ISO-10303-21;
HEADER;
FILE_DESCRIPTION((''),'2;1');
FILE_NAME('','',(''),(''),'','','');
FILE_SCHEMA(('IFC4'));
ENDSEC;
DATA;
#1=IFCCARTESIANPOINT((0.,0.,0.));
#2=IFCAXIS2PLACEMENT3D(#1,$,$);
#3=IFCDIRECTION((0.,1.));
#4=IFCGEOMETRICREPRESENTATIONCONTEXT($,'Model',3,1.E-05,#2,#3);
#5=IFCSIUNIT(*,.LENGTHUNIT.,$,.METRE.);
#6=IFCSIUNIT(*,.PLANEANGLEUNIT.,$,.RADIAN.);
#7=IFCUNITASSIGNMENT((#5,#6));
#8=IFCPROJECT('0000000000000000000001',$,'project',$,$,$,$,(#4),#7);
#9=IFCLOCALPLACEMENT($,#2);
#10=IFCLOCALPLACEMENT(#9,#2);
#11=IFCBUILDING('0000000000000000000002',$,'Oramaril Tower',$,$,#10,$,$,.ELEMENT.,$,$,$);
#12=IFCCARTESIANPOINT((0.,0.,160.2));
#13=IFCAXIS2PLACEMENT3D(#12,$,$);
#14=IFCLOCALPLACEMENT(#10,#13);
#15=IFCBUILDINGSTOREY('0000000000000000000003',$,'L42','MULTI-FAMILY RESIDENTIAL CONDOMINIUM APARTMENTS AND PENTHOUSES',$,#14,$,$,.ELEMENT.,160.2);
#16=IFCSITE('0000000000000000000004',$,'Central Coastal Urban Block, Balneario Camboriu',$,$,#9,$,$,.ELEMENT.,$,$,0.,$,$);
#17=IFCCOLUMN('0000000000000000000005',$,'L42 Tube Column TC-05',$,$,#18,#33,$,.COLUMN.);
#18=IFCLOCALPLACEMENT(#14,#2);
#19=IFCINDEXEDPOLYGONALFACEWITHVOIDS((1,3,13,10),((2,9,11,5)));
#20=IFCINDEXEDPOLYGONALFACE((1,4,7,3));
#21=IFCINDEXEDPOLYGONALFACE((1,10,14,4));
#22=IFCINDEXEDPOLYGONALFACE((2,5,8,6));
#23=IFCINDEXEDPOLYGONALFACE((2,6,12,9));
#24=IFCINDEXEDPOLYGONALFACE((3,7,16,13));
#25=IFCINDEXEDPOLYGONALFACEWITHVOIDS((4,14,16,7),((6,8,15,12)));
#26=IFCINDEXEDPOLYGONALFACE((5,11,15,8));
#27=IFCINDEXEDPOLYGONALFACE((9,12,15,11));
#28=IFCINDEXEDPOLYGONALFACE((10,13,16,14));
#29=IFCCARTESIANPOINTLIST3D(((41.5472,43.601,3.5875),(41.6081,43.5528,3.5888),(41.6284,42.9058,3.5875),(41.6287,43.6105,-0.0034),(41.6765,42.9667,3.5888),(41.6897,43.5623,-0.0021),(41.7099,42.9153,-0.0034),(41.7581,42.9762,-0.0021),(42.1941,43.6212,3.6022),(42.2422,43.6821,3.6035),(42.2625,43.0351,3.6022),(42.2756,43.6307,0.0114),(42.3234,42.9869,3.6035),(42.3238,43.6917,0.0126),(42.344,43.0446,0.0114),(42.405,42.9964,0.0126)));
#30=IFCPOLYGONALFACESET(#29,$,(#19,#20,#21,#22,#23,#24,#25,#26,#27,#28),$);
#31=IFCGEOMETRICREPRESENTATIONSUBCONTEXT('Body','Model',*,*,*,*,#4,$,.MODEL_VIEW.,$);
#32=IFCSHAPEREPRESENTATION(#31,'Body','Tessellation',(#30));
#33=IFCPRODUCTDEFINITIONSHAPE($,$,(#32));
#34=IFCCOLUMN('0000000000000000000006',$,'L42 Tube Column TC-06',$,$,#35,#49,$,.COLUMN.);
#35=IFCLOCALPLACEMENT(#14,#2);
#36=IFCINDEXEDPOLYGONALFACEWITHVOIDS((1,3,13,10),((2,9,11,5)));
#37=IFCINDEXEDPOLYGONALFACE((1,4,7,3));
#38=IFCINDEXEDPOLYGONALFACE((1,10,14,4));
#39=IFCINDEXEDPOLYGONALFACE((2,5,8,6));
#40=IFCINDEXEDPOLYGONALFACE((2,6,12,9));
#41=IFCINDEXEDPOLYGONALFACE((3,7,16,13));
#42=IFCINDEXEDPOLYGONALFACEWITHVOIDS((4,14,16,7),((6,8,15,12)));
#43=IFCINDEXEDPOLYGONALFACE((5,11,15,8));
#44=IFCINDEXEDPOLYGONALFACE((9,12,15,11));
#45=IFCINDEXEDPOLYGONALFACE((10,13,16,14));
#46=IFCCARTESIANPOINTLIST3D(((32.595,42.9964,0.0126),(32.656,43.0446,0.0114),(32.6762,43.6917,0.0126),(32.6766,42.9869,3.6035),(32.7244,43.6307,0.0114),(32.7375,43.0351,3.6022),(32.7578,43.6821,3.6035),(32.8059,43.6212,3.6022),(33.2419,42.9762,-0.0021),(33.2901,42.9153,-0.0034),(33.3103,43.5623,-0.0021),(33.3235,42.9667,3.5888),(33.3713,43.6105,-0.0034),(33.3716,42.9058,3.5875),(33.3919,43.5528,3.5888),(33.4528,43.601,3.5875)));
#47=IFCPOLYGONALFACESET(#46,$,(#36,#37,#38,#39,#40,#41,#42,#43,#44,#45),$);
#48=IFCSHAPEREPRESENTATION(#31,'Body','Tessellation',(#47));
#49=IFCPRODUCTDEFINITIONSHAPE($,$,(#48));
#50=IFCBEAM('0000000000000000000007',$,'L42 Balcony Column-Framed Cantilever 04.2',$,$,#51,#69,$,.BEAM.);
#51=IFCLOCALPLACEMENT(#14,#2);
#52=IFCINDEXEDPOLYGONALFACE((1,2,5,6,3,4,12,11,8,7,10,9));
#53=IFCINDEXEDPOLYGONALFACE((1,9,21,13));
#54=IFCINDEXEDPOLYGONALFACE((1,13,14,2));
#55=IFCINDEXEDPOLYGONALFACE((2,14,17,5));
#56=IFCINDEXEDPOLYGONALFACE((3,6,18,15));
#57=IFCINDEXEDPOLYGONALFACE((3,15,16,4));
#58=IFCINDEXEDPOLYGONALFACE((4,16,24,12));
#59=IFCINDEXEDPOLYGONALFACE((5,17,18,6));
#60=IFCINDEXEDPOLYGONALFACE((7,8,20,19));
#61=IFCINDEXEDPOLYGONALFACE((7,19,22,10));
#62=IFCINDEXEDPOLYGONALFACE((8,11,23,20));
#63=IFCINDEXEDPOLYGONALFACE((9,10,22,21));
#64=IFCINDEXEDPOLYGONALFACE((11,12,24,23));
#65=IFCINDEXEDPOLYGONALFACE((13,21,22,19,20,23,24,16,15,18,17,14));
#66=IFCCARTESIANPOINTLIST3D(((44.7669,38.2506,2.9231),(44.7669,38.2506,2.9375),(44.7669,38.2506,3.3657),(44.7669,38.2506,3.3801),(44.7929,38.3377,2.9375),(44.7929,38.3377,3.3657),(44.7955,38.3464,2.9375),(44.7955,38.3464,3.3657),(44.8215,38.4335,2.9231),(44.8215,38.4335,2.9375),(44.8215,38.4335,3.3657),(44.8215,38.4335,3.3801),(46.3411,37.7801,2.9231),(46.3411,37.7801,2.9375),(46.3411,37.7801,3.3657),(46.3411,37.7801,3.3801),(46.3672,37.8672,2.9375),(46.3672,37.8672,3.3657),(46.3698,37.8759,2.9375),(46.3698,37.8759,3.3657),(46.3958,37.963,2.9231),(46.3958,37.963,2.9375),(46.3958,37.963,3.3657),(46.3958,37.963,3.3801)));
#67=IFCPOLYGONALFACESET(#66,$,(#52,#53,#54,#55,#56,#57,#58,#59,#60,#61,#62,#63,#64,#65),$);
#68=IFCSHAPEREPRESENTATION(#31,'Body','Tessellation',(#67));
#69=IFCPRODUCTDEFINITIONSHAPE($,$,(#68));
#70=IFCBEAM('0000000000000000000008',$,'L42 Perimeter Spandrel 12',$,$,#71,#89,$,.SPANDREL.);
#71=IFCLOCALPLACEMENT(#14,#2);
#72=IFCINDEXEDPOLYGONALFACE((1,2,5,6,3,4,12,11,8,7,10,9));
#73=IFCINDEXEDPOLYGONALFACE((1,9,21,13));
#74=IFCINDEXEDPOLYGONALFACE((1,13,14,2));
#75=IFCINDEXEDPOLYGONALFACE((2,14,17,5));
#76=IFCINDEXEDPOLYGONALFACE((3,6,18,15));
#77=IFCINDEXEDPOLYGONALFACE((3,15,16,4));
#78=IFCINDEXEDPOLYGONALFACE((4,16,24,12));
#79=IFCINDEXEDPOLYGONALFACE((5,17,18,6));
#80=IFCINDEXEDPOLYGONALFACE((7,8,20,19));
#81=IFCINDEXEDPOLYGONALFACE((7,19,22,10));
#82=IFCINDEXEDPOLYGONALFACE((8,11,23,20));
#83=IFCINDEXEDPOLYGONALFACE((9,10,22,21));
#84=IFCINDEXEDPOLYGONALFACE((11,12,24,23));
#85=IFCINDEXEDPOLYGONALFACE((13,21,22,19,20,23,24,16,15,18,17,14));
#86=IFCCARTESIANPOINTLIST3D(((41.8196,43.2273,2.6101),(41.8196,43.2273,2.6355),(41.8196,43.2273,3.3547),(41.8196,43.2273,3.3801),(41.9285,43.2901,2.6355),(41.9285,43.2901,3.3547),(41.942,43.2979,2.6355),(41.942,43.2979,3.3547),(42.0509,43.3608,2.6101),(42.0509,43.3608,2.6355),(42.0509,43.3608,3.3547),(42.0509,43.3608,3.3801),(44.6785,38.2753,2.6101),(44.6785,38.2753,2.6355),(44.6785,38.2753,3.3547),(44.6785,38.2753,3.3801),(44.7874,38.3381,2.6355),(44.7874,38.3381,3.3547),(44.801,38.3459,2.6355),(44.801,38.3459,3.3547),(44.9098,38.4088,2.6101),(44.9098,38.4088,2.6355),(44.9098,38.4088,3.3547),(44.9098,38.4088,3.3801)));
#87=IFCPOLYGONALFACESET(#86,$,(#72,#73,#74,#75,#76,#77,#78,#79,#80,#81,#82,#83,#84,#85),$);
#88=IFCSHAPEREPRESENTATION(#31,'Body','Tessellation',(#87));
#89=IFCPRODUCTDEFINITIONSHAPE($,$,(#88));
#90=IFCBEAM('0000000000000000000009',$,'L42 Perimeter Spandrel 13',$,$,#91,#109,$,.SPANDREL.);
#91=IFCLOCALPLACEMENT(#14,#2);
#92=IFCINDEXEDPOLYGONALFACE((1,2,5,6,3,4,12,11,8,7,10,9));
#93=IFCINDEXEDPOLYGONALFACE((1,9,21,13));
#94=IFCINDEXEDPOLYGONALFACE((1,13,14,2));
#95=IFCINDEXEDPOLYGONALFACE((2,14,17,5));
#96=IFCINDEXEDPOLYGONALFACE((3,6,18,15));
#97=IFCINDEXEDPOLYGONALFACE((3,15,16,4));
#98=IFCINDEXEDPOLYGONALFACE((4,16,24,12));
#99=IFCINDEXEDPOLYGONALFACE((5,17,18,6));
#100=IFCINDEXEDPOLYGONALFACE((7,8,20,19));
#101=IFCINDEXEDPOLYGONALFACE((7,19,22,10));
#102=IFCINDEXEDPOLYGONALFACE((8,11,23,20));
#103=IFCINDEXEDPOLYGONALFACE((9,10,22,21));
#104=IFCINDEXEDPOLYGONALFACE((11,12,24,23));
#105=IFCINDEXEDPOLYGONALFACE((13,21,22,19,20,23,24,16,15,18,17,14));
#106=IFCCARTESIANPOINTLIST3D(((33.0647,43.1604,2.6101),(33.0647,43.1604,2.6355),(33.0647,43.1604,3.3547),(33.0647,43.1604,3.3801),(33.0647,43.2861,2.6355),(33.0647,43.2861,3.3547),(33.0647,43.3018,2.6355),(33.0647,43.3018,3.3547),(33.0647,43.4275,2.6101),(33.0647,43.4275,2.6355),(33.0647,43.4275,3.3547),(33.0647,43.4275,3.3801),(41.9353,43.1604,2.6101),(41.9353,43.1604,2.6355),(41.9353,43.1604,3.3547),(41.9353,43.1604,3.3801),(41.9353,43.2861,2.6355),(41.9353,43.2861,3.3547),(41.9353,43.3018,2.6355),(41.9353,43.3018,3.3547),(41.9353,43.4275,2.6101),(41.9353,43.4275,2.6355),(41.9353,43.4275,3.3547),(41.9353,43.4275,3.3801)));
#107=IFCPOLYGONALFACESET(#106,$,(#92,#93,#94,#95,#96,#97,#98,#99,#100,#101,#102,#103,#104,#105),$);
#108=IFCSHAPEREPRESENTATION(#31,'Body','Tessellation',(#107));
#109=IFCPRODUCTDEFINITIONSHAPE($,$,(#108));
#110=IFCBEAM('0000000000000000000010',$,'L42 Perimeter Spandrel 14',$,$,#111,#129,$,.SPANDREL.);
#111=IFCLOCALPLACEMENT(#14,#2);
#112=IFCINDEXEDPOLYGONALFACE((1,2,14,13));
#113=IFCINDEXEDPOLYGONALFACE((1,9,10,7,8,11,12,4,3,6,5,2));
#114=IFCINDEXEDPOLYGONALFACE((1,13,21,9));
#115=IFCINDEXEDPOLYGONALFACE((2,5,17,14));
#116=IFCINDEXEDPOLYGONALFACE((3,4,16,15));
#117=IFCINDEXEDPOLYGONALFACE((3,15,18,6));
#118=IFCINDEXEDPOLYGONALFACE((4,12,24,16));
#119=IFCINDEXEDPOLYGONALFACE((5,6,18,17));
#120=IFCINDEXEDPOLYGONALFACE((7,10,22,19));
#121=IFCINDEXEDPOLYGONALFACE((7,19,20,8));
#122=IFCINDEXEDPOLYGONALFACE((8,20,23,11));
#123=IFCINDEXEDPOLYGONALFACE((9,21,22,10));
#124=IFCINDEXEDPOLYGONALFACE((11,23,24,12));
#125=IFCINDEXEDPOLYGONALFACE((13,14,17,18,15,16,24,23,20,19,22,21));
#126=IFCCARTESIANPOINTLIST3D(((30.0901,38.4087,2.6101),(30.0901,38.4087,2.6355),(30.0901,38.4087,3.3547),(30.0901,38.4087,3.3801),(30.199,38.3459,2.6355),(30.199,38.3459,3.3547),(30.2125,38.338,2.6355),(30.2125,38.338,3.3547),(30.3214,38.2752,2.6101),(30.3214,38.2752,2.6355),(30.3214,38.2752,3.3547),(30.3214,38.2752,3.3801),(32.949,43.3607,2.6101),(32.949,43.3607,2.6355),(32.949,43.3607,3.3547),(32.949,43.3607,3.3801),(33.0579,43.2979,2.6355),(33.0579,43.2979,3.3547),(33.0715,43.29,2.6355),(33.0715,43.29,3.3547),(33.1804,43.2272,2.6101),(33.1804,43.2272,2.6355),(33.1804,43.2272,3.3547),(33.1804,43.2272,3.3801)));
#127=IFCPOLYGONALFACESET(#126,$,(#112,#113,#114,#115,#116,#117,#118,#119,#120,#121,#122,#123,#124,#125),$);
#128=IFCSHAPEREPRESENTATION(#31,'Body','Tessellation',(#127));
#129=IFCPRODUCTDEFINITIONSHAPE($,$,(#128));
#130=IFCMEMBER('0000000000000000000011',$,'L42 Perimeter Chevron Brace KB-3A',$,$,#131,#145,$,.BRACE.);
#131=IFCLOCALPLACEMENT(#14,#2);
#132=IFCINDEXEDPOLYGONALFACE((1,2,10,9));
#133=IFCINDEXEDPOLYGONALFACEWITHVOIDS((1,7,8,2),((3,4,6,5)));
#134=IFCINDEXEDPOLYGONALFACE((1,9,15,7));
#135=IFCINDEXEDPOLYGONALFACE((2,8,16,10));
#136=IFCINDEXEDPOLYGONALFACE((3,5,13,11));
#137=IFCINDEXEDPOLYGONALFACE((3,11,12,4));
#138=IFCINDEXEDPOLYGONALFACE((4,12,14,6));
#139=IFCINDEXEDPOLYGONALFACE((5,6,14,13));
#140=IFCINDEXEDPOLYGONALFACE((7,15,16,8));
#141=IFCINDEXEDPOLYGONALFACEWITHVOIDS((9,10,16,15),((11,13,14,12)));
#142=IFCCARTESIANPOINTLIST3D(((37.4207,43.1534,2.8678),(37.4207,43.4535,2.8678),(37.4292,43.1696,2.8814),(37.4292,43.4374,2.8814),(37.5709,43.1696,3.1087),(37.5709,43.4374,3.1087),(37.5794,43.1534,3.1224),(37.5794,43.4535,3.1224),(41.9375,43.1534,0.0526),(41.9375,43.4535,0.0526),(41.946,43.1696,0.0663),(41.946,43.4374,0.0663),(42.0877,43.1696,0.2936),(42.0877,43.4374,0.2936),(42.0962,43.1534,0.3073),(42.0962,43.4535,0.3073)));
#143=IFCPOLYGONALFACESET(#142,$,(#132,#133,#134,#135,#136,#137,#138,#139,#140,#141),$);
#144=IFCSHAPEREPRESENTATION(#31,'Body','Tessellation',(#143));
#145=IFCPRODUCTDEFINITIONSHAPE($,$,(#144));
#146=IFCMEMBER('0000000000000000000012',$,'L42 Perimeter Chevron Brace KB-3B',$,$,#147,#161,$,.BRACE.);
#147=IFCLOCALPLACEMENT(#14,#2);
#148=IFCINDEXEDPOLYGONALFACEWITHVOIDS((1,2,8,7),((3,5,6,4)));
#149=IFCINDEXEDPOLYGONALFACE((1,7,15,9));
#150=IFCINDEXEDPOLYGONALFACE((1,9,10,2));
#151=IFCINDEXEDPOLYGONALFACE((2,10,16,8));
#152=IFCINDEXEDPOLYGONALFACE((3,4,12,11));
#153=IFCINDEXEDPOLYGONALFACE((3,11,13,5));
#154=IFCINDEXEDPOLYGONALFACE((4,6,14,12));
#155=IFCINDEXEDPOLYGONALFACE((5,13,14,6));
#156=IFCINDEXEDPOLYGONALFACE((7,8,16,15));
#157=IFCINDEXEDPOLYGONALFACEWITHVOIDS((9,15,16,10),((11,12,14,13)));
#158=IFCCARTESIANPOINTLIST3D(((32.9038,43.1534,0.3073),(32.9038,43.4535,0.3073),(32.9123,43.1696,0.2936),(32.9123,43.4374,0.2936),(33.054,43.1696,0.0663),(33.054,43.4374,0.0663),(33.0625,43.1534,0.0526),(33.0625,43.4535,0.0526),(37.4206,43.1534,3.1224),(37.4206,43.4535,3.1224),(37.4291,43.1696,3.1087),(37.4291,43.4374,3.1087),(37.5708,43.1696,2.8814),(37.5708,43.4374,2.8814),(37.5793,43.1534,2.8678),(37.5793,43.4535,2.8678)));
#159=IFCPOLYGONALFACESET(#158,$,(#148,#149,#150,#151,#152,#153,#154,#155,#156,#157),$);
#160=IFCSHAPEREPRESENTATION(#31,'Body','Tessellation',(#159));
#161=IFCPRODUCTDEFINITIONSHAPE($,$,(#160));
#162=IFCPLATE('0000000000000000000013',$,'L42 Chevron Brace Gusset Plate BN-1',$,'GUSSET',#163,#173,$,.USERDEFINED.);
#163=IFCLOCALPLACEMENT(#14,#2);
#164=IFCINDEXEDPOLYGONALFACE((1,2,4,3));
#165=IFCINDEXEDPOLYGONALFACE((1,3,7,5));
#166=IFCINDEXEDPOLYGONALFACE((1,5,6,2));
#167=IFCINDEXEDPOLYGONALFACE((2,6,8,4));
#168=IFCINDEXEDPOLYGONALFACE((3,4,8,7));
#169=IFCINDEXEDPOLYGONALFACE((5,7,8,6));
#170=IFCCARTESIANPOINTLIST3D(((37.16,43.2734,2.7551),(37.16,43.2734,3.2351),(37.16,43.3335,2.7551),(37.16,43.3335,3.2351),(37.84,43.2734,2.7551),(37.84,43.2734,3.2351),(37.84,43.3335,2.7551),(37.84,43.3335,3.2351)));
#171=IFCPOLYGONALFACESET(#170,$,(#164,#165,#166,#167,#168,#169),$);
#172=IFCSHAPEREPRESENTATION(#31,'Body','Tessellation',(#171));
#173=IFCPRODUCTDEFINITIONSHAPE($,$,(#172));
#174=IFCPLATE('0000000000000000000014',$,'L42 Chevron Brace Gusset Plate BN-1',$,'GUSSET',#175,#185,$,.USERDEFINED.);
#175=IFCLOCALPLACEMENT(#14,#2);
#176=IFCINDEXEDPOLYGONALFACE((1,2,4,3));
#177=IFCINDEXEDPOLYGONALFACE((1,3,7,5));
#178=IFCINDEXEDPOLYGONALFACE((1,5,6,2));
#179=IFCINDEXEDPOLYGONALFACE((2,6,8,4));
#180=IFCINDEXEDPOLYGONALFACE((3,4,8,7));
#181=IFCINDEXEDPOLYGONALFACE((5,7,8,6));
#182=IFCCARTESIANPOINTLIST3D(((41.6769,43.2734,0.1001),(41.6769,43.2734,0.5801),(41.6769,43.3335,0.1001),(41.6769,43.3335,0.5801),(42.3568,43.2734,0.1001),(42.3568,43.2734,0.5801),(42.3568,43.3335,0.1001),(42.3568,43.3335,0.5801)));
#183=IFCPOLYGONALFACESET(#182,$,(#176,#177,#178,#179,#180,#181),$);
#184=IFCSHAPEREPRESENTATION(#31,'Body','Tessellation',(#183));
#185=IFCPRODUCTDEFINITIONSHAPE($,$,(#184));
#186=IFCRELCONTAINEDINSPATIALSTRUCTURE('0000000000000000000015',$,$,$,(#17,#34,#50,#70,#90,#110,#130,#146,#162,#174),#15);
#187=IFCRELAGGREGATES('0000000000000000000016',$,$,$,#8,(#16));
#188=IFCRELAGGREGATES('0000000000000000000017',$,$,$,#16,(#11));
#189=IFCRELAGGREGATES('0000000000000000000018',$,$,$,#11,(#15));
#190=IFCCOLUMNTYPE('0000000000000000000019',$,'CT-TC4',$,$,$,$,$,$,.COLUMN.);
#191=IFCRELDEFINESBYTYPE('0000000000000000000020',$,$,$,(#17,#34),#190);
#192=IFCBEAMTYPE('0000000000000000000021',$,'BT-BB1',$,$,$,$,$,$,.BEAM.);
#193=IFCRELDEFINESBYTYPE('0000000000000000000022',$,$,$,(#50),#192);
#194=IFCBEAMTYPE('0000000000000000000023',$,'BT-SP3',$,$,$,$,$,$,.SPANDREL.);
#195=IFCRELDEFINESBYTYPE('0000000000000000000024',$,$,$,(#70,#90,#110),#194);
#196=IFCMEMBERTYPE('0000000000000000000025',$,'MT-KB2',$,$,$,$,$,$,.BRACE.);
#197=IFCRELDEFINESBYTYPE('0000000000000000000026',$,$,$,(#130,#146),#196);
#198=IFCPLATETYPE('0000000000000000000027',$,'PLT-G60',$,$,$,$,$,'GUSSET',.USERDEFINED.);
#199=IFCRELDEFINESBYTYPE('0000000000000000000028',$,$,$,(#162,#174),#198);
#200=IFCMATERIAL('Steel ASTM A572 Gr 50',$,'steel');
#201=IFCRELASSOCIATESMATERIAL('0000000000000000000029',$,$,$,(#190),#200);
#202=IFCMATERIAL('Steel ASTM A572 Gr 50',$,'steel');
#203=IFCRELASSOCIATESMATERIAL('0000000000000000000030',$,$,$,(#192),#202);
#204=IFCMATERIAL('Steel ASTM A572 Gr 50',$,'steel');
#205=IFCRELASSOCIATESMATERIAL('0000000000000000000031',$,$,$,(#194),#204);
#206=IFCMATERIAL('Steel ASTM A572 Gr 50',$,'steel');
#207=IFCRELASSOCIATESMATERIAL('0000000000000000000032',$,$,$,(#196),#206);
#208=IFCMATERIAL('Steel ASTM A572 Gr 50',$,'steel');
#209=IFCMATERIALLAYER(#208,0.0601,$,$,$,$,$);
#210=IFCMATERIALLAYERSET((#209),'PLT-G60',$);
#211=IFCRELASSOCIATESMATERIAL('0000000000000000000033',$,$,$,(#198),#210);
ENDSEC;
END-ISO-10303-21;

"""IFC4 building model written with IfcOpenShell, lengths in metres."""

from ifc_helpers import new_model, si_unit, direction, frame, origin, origin_2d, place, context, subcontext, project, spatial, rectangle, hollow_rectangle, i_section, extrude, material, layer, layer_set, material_profile, profile_set, type_object, element, save


model = new_model("IFC4")

# Units and contexts
model_context = context("Model", 3, precision=1e-05, world=origin(), true_north=direction((0.0, 1.0)))
body_context = subcontext(model_context, "Body", "Model", "MODEL_VIEW")
ifc_project = project(units=[si_unit("LENGTHUNIT", "METRE"), si_unit("PLANEANGLEUNIT", "RADIAN")], contexts=[model_context])

# Site, building, storey
site_placement = place(None, origin())
site = spatial("IfcSite", under=ifc_project, at=site_placement, Name="Central Coastal Urban Block, Balneario Camboriu", CompositionType="ELEMENT", RefElevation=0.0)
building_placement = place(site_placement, origin())
building = spatial("IfcBuilding", under=site, at=building_placement, Name="Oramaril Tower", CompositionType="ELEMENT")
storey_placement = place(building_placement, frame((0.0, 0.0, 160.2)))
storey = spatial("IfcBuildingStorey", under=building, at=storey_placement, Name="L42", Description="MULTI-FAMILY RESIDENTIAL CONDOMINIUM APARTMENTS AND PENTHOUSES", CompositionType="ELEMENT", Elevation=160.2)

# Columns
ifc_material_1 = material(Name="Steel ASTM A572 Gr 50", Category="steel")
ifc_material_profile_1 = material_profile(ifc_material_1, hollow_rectangle(XDim=0.7, YDim=0.7, WallThickness=0.0549, at=origin_2d()), Name="BOX700X700X55")
ifc_profile_set_1 = profile_set([ifc_material_profile_1], Name="Steel ASTM A572 Gr 50")
column_type = type_object("IfcColumnType", Name="CT-TC4", PredefinedType="COLUMN", material=ifc_profile_set_1)
for number, where, z_axis, x_axis, name in (
    (1, (42.0168, 43.3035, 0.0046), (-0.022703, -0.002651, 0.999739), (0.115978, -0.993252, 0.0), "L42 Tube Column TC-05"),
    (2, (32.9832, 43.3035, 0.0046), (0.022703, -0.002651, 0.999739), (0.115978, 0.993252, 0.0), "L42 Tube Column TC-06"),
):
    element("IfcColumn", number, at=place(storey_placement, frame(where, z_axis=z_axis, x_axis=x_axis)), inside=storey, type_object=column_type, Name=name, PredefinedType="COLUMN", context=body_context, shape_type="SweptSolid", body=[
        extrude(hollow_rectangle(XDim=0.7, YDim=0.7, WallThickness=0.0549, at=origin_2d()), origin(), (0.0, 0.0, 1.0), 3.5918),
    ])

# Beams
ifc_material_2 = material(Name="Steel ASTM A572 Gr 50", Category="steel")
ifc_material_profile_2 = material_profile(ifc_material_2, i_section(OverallWidth=0.1909, OverallDepth=0.457, WebThickness=0.009, FlangeThickness=0.0144, at=origin_2d()), Name="W18X50")
ifc_profile_set_2 = profile_set([ifc_material_profile_2], Name="Steel ASTM A572 Gr 50")
beam_type_1 = type_object("IfcBeamType", Name="BT-BB1", PredefinedType="BEAM", material=ifc_profile_set_2)
beam_1_placement = place(storey_placement, frame((44.7942, 38.342, 3.1516), z_axis=(0.958128, -0.286339, 0.0), x_axis=(0.286339, 0.958128, 0.0)))
element("IfcBeam", 3, at=beam_1_placement, inside=storey, type_object=beam_type_1, Name="L42 Balcony Column-Framed Cantilever 04.2", PredefinedType="BEAM", context=body_context, shape_type="SweptSolid", body=[
    extrude(i_section(OverallWidth=0.1909, OverallDepth=0.457, WebThickness=0.009, FlangeThickness=0.0144, at=origin_2d()), origin(), (0.0, 0.0, 1.0), 1.6431),
])
ifc_material_3 = material(Name="Steel ASTM A572 Gr 50", Category="steel")
ifc_material_profile_3 = material_profile(ifc_material_3, i_section(OverallWidth=0.2671, OverallDepth=0.77, WebThickness=0.0156, FlangeThickness=0.0254, at=origin_2d()), Name="W30X132")
ifc_profile_set_3 = profile_set([ifc_material_profile_3], Name="Steel ASTM A572 Gr 50")
beam_type_2 = type_object("IfcBeamType", Name="BT-SP3", PredefinedType="SPANDREL", material=ifc_profile_set_3)
beam_2_placement = place(storey_placement, frame((44.7942, 38.342, 2.9951), z_axis=(-0.499987, 0.866033, 0.0), x_axis=(-0.866033, -0.499987, 0.0)))
element("IfcBeam", 4, at=beam_2_placement, inside=storey, type_object=beam_type_2, Name="L42 Perimeter Spandrel 12", PredefinedType="SPANDREL", context=body_context, shape_type="SweptSolid", body=[
    extrude(i_section(OverallWidth=0.2671, OverallDepth=0.77, WebThickness=0.0156, FlangeThickness=0.0254, at=origin_2d()), origin(), (0.0, 0.0, 1.0), 5.718),
])
beam_3_placement = place(storey_placement, frame((41.9353, 43.2939, 2.9951), z_axis=(-1.0, 0.0, 0.0), x_axis=(0.0, -1.0, 0.0)))
element("IfcBeam", 5, at=beam_3_placement, inside=storey, type_object=beam_type_2, Name="L42 Perimeter Spandrel 13", PredefinedType="SPANDREL", context=body_context, shape_type="SweptSolid", body=[
    extrude(i_section(OverallWidth=0.2671, OverallDepth=0.77, WebThickness=0.0156, FlangeThickness=0.0254, at=origin_2d()), origin(), (0.0, 0.0, 1.0), 8.8706),
])
beam_4_placement = place(storey_placement, frame((33.0647, 43.2939, 2.9951), z_axis=(-0.499987, -0.866033, 0.0), x_axis=(0.866033, -0.499987, 0.0)))
element("IfcBeam", 6, at=beam_4_placement, inside=storey, type_object=beam_type_2, Name="L42 Perimeter Spandrel 14", PredefinedType="SPANDREL", context=body_context, shape_type="SweptSolid", body=[
    extrude(i_section(OverallWidth=0.2671, OverallDepth=0.77, WebThickness=0.0156, FlangeThickness=0.0254, at=origin_2d()), origin(), (0.0, 0.0, 1.0), 5.718),
])

# Members
ifc_material_4 = material(Name="Steel ASTM A572 Gr 50", Category="steel")
ifc_material_profile_4 = material_profile(ifc_material_4, hollow_rectangle(XDim=0.3, YDim=0.3, WallThickness=0.0161, at=origin_2d()), Name="HSS300X300X16")
ifc_profile_set_4 = profile_set([ifc_material_profile_4], Name="Steel ASTM A572 Gr 50")
member_type = type_object("IfcMemberType", Name="MT-KB2", PredefinedType="BRACE", material=ifc_profile_set_4)
for number, where, z_axis, x_axis, name in (
    (7, (42.0168, 43.3035, 0.1799), (-0.84866, 0.0, 0.528939), (0.0, -1.0, 0.0), "L42 Perimeter Chevron Brace KB-3A"),
    (8, (32.9832, 43.3035, 0.1799), (0.84866, 0.0, 0.528939), (0.0, 1.0, 0.0), "L42 Perimeter Chevron Brace KB-3B"),
):
    element("IfcMember", number, at=place(storey_placement, frame(where, z_axis=z_axis, x_axis=x_axis)), inside=storey, type_object=member_type, Name=name, PredefinedType="BRACE", context=body_context, shape_type="SweptSolid", body=[
        extrude(hollow_rectangle(XDim=0.3, YDim=0.3, WallThickness=0.0161, at=origin_2d()), origin(), (0.0, 0.0, 1.0), 5.3223),
    ])

# Plates
ifc_material_5 = material(Name="Steel ASTM A572 Gr 50", Category="steel")
ifc_layer_1 = layer(ifc_material_5, 0.0601)
ifc_layer_set_1 = layer_set([ifc_layer_1], Name="PLT-G60")
plate_type = type_object("IfcPlateType", Name="PLT-G60", ElementType="GUSSET", PredefinedType="USERDEFINED", material=ifc_layer_set_1)
for number, where, z_axis, x_axis, name in (
    (9, (37.5, 43.3035, 2.7551), (0.0, 0.0, 1.0), (-1.0, 0.0, 0.0), "L42 Chevron Brace Gusset Plate BN-1"),
    (10, (42.0168, 43.3035, 0.1001), (0.0, 0.0, 1.0), (-1.0, 0.0, 0.0), "L42 Chevron Brace Gusset Plate BN-1"),
):
    element("IfcPlate", number, at=place(storey_placement, frame(where, z_axis=z_axis, x_axis=x_axis)), inside=storey, type_object=plate_type, Name=name, ObjectType="GUSSET", PredefinedType="USERDEFINED", context=body_context, shape_type="SweptSolid", body=[
        extrude(rectangle(XDim=0.6799, YDim=0.0601, at=origin_2d()), origin(), (0.0, 0.0, 1.0), 0.48),
    ])

save(model, "model.ifc")
